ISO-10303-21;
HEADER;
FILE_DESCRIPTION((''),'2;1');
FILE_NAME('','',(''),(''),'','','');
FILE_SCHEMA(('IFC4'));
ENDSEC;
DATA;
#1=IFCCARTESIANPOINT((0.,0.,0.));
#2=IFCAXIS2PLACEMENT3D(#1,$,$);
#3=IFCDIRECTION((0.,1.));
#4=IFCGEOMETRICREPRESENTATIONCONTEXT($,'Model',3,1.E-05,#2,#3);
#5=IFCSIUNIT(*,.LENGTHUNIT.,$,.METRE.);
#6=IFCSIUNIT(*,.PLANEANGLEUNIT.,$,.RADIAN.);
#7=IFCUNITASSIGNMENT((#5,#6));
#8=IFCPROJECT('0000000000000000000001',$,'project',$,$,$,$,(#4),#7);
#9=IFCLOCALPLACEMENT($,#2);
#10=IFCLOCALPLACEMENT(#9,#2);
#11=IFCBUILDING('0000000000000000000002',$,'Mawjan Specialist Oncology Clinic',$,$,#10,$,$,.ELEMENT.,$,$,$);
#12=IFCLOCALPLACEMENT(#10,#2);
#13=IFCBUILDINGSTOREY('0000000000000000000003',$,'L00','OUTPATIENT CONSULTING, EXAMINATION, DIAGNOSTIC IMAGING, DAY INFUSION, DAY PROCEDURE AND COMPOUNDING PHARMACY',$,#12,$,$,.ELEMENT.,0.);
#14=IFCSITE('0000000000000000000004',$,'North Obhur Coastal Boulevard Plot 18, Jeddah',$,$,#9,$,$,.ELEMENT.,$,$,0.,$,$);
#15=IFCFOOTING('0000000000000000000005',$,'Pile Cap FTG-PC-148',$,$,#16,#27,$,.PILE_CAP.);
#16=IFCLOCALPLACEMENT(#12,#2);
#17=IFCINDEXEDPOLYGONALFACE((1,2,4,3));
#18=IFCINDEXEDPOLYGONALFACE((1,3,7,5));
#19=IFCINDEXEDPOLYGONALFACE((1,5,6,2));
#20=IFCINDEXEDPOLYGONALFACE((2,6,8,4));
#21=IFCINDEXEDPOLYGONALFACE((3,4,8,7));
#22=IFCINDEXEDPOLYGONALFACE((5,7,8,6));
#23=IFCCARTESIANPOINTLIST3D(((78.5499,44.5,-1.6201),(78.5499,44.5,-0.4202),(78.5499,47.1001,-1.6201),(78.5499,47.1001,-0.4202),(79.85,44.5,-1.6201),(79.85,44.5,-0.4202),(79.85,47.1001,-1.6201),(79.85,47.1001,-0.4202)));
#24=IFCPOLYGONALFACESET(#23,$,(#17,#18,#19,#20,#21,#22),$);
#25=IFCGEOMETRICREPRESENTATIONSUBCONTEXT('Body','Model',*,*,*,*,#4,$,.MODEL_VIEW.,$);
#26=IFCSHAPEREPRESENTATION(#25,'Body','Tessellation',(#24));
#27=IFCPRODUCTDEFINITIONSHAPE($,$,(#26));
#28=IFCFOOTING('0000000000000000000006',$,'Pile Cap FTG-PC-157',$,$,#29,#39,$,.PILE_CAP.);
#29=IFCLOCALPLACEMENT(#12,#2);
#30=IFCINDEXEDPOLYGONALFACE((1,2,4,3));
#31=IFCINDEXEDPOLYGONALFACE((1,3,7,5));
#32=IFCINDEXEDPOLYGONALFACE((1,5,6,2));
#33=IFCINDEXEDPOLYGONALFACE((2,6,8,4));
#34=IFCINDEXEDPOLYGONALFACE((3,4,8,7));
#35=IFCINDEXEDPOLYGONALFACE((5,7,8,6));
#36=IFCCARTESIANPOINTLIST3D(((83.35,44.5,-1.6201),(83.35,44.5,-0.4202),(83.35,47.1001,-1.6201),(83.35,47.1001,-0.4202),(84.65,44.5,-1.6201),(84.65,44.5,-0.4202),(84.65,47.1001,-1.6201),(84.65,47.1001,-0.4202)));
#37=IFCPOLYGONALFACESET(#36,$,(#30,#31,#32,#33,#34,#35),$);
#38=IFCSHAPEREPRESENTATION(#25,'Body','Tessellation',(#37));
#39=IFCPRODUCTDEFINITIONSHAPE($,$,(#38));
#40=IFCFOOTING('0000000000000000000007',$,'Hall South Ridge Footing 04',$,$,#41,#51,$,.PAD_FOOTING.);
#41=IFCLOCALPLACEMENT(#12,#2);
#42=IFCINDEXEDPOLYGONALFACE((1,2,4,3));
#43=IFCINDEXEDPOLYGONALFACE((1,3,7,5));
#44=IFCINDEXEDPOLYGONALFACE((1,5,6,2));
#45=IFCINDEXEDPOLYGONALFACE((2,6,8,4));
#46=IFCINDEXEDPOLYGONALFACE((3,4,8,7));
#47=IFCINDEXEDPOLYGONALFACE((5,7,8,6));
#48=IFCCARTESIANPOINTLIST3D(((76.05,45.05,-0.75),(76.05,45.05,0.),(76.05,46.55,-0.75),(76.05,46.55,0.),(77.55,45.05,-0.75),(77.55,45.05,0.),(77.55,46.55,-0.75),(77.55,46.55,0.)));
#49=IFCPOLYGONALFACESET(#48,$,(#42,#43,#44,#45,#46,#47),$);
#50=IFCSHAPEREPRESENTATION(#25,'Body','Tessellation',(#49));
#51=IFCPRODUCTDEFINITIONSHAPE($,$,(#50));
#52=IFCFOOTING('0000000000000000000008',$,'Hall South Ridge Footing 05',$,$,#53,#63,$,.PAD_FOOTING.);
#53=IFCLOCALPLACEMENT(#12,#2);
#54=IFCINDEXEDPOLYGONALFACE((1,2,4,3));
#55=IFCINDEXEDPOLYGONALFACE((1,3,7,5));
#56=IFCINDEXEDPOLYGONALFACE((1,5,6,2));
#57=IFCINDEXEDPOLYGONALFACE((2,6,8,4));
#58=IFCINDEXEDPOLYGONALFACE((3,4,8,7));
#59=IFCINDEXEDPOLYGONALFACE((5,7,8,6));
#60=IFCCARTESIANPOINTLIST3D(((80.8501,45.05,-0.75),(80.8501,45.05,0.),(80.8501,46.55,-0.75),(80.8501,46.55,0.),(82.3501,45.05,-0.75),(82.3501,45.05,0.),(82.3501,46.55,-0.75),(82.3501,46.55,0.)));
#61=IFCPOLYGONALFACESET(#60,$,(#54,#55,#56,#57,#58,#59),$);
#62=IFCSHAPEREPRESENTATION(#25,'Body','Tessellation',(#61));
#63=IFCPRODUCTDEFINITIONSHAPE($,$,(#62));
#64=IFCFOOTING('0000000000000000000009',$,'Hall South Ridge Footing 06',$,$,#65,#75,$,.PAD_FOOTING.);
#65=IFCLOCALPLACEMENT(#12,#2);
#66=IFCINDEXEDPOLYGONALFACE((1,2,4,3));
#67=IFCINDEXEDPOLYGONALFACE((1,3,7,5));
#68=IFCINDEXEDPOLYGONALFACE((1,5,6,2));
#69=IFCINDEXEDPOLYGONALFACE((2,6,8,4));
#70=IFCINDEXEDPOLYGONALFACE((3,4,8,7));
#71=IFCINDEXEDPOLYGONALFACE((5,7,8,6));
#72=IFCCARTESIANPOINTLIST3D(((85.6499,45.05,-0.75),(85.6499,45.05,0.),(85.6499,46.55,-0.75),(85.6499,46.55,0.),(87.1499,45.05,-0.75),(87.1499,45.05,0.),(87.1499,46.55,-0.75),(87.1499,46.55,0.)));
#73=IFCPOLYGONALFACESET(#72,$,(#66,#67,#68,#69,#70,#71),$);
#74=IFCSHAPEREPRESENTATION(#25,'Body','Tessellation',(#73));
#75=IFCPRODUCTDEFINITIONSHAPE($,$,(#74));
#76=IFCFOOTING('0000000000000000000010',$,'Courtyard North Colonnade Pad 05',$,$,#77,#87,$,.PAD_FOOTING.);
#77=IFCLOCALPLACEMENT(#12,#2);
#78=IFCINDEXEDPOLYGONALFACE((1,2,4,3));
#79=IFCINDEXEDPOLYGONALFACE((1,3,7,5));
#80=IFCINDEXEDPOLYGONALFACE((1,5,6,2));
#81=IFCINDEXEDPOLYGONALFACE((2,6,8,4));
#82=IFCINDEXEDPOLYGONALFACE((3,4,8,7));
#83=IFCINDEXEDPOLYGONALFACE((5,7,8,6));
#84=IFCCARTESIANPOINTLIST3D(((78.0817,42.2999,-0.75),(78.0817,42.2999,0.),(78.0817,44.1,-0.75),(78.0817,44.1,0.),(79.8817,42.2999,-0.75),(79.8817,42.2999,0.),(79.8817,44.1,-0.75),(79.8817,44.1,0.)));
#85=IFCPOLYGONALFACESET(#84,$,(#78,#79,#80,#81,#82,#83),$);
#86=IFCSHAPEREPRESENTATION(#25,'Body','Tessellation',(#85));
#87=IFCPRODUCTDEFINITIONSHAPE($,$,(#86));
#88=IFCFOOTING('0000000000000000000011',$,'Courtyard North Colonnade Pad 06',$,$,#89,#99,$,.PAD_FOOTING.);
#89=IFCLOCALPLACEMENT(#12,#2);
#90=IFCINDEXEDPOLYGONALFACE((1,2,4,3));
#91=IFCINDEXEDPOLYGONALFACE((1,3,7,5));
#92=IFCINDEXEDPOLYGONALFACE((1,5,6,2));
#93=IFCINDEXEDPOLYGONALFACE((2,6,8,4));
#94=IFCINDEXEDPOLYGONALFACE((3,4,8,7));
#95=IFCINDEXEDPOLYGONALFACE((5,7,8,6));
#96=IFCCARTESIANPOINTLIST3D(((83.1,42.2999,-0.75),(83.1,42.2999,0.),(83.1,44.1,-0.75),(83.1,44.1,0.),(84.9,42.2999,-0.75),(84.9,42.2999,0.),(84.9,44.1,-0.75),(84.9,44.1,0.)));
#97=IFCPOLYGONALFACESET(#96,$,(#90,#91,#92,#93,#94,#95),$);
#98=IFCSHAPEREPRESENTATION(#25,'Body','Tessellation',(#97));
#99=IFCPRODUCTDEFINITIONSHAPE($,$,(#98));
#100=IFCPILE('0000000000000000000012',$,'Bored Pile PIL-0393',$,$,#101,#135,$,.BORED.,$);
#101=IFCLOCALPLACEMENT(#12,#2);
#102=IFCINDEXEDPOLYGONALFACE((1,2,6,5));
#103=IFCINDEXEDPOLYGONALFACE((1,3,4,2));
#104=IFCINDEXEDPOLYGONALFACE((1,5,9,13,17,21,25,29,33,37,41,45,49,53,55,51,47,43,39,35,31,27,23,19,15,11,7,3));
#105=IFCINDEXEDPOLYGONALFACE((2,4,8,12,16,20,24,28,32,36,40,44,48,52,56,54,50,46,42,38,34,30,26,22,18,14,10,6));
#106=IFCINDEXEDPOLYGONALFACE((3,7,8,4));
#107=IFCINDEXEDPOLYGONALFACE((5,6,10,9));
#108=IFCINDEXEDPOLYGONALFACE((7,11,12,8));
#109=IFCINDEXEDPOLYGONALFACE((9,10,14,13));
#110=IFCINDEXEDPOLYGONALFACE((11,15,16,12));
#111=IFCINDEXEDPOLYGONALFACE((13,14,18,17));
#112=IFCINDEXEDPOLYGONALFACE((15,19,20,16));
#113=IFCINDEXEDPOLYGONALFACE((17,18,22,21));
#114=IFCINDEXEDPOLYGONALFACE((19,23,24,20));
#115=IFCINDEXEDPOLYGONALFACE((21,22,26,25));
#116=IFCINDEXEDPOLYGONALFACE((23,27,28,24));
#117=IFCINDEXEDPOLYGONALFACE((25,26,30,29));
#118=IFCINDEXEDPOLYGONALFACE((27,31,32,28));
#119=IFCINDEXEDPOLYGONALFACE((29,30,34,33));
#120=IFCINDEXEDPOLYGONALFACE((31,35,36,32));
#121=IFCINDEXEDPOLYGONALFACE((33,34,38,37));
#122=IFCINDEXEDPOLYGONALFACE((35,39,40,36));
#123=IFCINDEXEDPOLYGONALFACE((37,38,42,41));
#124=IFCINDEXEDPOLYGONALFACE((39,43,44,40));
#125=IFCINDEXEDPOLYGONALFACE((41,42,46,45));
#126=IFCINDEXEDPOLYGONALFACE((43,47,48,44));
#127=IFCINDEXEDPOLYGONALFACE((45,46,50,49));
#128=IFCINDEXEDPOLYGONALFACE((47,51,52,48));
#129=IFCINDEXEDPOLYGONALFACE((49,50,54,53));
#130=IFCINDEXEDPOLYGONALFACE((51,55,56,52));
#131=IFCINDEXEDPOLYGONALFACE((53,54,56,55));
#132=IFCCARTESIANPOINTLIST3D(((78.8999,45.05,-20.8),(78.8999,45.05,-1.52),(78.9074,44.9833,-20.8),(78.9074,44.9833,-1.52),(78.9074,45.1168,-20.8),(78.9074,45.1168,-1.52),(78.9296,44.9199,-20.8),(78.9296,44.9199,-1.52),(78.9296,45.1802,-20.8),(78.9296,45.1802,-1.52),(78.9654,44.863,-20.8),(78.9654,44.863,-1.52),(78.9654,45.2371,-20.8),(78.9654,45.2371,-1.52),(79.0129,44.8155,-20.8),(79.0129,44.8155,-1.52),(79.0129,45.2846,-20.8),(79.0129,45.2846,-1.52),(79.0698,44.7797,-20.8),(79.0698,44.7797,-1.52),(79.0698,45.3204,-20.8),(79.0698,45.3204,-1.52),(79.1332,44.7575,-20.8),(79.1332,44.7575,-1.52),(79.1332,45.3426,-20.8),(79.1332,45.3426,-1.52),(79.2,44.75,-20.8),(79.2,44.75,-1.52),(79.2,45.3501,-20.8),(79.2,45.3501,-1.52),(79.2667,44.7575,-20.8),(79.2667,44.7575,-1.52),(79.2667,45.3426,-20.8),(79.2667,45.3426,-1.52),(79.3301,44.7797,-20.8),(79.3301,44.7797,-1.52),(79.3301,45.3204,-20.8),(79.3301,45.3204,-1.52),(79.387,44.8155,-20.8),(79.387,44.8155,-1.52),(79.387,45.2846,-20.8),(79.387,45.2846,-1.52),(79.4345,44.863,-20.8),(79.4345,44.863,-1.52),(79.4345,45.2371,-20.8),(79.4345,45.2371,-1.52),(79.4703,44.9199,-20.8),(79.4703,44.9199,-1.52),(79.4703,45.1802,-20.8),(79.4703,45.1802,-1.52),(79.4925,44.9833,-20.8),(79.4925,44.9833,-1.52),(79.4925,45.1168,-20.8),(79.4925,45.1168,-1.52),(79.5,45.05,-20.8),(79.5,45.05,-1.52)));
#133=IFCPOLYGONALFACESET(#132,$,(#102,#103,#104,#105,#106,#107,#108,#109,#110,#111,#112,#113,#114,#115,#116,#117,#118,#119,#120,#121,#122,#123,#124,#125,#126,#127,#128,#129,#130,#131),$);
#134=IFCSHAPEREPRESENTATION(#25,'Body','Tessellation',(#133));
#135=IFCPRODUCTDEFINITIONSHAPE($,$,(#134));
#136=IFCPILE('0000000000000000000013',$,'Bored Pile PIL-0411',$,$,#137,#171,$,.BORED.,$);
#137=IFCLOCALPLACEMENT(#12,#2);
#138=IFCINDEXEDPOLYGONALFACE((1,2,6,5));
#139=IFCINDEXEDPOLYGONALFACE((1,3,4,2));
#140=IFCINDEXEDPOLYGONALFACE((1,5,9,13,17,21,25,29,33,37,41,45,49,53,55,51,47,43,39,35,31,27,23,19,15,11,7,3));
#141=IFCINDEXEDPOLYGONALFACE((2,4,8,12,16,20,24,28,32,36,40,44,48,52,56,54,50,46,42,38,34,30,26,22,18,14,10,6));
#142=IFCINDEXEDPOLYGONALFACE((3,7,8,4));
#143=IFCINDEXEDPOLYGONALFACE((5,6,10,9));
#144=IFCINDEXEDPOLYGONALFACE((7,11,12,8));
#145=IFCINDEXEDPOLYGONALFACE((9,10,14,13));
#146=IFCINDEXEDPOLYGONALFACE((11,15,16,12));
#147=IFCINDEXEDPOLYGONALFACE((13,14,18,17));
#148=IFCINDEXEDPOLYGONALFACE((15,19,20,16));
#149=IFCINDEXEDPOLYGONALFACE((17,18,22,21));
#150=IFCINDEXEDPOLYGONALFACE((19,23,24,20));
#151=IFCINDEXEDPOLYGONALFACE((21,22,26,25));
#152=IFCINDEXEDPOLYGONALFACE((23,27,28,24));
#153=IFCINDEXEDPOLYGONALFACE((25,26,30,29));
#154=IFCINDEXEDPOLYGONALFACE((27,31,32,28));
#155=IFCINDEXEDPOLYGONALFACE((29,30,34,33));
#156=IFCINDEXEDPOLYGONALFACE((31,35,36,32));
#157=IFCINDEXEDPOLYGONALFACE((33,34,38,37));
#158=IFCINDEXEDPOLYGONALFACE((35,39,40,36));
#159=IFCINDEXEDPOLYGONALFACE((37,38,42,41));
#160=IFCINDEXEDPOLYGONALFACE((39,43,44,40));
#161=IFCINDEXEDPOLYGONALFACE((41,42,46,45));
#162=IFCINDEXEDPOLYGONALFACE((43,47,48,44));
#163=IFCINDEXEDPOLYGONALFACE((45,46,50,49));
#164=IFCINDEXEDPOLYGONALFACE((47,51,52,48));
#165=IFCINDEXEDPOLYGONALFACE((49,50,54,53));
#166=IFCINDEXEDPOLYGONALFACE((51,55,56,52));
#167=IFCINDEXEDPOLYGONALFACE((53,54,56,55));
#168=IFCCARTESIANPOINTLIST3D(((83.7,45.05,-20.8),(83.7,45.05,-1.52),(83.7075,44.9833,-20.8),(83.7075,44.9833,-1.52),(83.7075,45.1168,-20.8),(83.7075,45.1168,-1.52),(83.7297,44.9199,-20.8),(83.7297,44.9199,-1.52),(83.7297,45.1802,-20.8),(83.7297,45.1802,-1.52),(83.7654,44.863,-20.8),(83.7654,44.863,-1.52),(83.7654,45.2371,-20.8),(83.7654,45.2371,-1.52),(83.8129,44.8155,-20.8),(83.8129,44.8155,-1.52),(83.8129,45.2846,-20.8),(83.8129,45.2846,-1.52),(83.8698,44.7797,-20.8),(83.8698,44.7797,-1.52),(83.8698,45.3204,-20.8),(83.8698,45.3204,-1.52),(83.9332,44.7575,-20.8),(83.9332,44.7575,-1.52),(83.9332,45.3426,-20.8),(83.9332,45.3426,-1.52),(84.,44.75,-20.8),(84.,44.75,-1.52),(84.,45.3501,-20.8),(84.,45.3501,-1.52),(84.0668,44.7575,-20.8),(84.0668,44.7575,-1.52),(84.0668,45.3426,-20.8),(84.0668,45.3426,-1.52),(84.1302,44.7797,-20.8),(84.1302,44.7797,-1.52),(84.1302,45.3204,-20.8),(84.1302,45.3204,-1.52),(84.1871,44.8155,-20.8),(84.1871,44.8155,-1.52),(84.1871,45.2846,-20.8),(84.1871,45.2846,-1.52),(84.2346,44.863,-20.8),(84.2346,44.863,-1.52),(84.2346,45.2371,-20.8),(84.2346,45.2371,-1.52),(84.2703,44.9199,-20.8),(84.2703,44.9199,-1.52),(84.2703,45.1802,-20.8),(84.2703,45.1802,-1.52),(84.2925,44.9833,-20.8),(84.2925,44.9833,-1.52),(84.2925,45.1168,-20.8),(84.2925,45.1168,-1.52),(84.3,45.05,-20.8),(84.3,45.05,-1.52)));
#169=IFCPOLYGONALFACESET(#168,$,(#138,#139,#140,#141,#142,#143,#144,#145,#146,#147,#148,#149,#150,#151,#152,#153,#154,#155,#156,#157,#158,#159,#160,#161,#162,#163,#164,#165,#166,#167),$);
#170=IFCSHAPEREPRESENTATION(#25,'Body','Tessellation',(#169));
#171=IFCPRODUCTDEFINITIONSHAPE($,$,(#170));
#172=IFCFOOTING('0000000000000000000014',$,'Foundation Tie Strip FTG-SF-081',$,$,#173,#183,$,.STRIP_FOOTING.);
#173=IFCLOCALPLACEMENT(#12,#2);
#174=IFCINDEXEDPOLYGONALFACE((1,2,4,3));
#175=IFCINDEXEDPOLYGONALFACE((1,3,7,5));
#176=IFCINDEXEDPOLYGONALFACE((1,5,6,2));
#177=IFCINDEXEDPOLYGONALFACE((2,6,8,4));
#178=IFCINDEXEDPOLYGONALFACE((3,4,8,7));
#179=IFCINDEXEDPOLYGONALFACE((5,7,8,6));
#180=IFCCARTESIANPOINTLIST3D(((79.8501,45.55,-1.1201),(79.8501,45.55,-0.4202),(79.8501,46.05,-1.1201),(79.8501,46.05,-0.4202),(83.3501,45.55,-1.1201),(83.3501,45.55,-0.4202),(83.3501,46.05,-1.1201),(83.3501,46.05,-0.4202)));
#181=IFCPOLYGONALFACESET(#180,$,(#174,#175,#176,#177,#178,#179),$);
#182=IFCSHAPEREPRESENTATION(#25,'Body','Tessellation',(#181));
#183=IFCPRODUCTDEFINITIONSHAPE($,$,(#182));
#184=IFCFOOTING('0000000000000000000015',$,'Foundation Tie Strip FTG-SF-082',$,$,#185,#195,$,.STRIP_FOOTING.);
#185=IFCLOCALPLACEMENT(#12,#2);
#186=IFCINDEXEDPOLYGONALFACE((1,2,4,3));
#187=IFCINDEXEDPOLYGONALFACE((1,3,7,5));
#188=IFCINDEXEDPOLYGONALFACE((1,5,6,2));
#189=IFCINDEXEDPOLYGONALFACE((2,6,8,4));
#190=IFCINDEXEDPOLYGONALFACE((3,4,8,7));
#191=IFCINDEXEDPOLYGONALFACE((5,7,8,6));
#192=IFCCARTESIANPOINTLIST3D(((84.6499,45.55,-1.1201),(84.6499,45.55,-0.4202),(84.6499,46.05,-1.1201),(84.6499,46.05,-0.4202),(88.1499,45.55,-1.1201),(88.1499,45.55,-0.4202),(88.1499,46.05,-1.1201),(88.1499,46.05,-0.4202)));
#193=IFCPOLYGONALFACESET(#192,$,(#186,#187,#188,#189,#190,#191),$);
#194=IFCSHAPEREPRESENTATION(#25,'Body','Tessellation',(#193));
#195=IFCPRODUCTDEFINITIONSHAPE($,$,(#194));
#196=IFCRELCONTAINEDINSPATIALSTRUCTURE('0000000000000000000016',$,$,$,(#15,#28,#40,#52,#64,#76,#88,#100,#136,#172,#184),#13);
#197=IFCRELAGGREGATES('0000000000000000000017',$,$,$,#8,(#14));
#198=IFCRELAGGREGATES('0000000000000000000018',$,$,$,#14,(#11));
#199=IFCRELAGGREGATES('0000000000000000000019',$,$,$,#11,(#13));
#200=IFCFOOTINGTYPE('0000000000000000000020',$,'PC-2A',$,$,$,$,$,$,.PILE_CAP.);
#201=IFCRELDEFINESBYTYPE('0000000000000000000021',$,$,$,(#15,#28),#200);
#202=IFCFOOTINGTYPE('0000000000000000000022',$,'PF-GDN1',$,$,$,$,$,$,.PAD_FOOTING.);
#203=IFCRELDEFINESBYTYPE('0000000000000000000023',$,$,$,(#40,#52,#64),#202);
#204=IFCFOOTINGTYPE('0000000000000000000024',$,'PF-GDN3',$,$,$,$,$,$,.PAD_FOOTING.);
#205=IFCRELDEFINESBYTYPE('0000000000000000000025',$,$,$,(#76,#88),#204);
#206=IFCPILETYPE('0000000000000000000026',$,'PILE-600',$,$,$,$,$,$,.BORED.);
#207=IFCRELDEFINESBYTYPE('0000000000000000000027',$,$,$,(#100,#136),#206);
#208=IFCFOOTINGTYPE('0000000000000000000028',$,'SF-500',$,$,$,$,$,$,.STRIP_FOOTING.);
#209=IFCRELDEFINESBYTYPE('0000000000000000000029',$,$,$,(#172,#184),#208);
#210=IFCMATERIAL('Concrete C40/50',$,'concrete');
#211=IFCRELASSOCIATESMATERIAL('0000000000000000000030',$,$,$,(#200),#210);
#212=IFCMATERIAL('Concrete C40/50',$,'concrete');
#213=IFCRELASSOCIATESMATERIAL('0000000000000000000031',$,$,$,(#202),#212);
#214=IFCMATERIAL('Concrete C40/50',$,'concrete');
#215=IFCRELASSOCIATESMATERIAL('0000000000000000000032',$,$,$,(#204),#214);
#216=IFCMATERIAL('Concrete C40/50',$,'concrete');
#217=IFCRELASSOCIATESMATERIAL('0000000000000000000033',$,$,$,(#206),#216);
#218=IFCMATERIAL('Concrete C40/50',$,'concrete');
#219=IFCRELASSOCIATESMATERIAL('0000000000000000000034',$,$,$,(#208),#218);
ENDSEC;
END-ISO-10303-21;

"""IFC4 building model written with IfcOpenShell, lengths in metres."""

from ifc_helpers import new_model, si_unit, direction, frame, origin, origin_2d, place, context, subcontext, project, spatial, rectangle, circle, extrude, material, material_profile, profile_set, type_object, element, save


model = new_model("IFC4")

# Units and contexts
model_context = context("Model", 3, precision=1e-05, world=origin(), true_north=direction((0.0, 1.0)))
body_context = subcontext(model_context, "Body", "Model", "MODEL_VIEW")
ifc_project = project(units=[si_unit("LENGTHUNIT", "METRE"), si_unit("PLANEANGLEUNIT", "RADIAN")], contexts=[model_context])

# Site, building, storey
site_placement = place(None, origin())
site = spatial("IfcSite", under=ifc_project, at=site_placement, Name="North Obhur Coastal Boulevard Plot 18, Jeddah", CompositionType="ELEMENT", RefElevation=0.0)
building_placement = place(site_placement, origin())
building = spatial("IfcBuilding", under=site, at=building_placement, Name="Mawjan Specialist Oncology Clinic", CompositionType="ELEMENT")
storey_placement = place(building_placement, origin())
storey = spatial("IfcBuildingStorey", under=building, at=storey_placement, Name="L00", Description="OUTPATIENT CONSULTING, EXAMINATION, DIAGNOSTIC IMAGING, DAY INFUSION, DAY PROCEDURE AND COMPOUNDING PHARMACY", CompositionType="ELEMENT", Elevation=0.0)

# Footings
ifc_material_1 = material(Name="Concrete C40/50", Category="concrete")
footing_type_1 = type_object("IfcFootingType", Name="PC-2A", PredefinedType="PILE_CAP", material=ifc_material_1)
for number, where, z_axis, x_axis, name in (
    (1, (79.2, 45.8, -1.6201), (0.0, 0.0, 1.0), (0.0, 1.0, 0.0), "Pile Cap FTG-PC-148"),
    (2, (84.0, 45.8, -1.6201), (0.0, 0.0, 1.0), (0.0, 1.0, 0.0), "Pile Cap FTG-PC-157"),
):
    element("IfcFooting", number, at=place(storey_placement, frame(where, z_axis=z_axis, x_axis=x_axis)), inside=storey, type_object=footing_type_1, Name=name, PredefinedType="PILE_CAP", context=body_context, shape_type="SweptSolid", body=[
        extrude(rectangle(XDim=2.6001, YDim=1.3, at=origin_2d()), origin(), (0.0, 0.0, 1.0), 1.2),
    ])
ifc_material_2 = material(Name="Concrete C40/50", Category="concrete")
footing_type_2 = type_object("IfcFootingType", Name="PF-GDN1", PredefinedType="PAD_FOOTING", material=ifc_material_2)
for number, where, z_axis, x_axis, name in (
    (3, (76.8, 45.8, -0.75), (0.0, 0.0, 1.0), (1.0, 0.0, 0.0), "Hall South Ridge Footing 04"),
    (4, (81.6001, 45.8, -0.75), (0.0, 0.0, 1.0), (1.0, 0.0, 0.0), "Hall South Ridge Footing 05"),
    (5, (86.3999, 45.8, -0.75), (0.0, 0.0, 1.0), (1.0, 0.0, 0.0), "Hall South Ridge Footing 06"),
):
    element("IfcFooting", number, at=place(storey_placement, frame(where, z_axis=z_axis, x_axis=x_axis)), inside=storey, type_object=footing_type_2, Name=name, PredefinedType="PAD_FOOTING", context=body_context, shape_type="SweptSolid", body=[
        extrude(rectangle(XDim=1.5, YDim=1.5, at=origin_2d()), origin(), (0.0, 0.0, 1.0), 0.75),
    ])
ifc_material_3 = material(Name="Concrete C40/50", Category="concrete")
footing_type_3 = type_object("IfcFootingType", Name="PF-GDN3", PredefinedType="PAD_FOOTING", material=ifc_material_3)
for number, where, z_axis, x_axis, name in (
    (6, (78.9817, 43.2, -0.75), (0.0, 0.0, 1.0), (1.0, 0.0, 0.0), "Courtyard North Colonnade Pad 05"),
    (7, (84.0, 43.2, -0.75), (0.0, 0.0, 1.0), (1.0, 0.0, 0.0), "Courtyard North Colonnade Pad 06"),
):
    element("IfcFooting", number, at=place(storey_placement, frame(where, z_axis=z_axis, x_axis=x_axis)), inside=storey, type_object=footing_type_3, Name=name, PredefinedType="PAD_FOOTING", context=body_context, shape_type="SweptSolid", body=[
        extrude(rectangle(XDim=1.8, YDim=1.8, at=origin_2d()), origin(), (0.0, 0.0, 1.0), 0.75),
    ])

# Piles
ifc_material_4 = material(Name="Concrete C40/50", Category="concrete")
ifc_material_profile_1 = material_profile(ifc_material_4, circle(Radius=0.3, at=origin_2d()), Name="BORED PILE D600", Category="concrete")
ifc_profile_set_1 = profile_set([ifc_material_profile_1], Name="Concrete C40/50")
pile_type = type_object("IfcPileType", Name="PILE-600", PredefinedType="BORED", material=ifc_profile_set_1)
for number, where, z_axis, x_axis, name in (
    (8, (79.2, 45.05, -1.52), (0.0, 0.0, -1.0), (1.0, 0.0, 0.0), "Bored Pile PIL-0393"),
    (9, (84.0, 45.05, -1.52), (0.0, 0.0, -1.0), (1.0, 0.0, 0.0), "Bored Pile PIL-0411"),
):
    element("IfcPile", number, at=place(storey_placement, frame(where, z_axis=z_axis, x_axis=x_axis)), inside=storey, type_object=pile_type, Name=name, PredefinedType="BORED", context=body_context, shape_type="SweptSolid", body=[
        extrude(circle(Radius=0.3, at=origin_2d()), origin(), (0.0, 0.0, 1.0), 19.28),
    ])

# Footings
ifc_material_5 = material(Name="Concrete C40/50", Category="concrete")
footing_type_4 = type_object("IfcFootingType", Name="SF-500", PredefinedType="STRIP_FOOTING", material=ifc_material_5)
for number, where, z_axis, x_axis, name in (
    (10, (81.6001, 45.8, -1.1201), (0.0, 0.0, 1.0), (1.0, 0.0, 0.0), "Foundation Tie Strip FTG-SF-081"),
    (11, (86.3999, 45.8, -1.1201), (0.0, 0.0, 1.0), (1.0, 0.0, 0.0), "Foundation Tie Strip FTG-SF-082"),
):
    element("IfcFooting", number, at=place(storey_placement, frame(where, z_axis=z_axis, x_axis=x_axis)), inside=storey, type_object=footing_type_4, Name=name, PredefinedType="STRIP_FOOTING", context=body_context, shape_type="SweptSolid", body=[
        extrude(rectangle(XDim=3.5, YDim=0.5, at=origin_2d()), origin(), (0.0, 0.0, 1.0), 0.7),
    ])

save(model, "model.ifc")
